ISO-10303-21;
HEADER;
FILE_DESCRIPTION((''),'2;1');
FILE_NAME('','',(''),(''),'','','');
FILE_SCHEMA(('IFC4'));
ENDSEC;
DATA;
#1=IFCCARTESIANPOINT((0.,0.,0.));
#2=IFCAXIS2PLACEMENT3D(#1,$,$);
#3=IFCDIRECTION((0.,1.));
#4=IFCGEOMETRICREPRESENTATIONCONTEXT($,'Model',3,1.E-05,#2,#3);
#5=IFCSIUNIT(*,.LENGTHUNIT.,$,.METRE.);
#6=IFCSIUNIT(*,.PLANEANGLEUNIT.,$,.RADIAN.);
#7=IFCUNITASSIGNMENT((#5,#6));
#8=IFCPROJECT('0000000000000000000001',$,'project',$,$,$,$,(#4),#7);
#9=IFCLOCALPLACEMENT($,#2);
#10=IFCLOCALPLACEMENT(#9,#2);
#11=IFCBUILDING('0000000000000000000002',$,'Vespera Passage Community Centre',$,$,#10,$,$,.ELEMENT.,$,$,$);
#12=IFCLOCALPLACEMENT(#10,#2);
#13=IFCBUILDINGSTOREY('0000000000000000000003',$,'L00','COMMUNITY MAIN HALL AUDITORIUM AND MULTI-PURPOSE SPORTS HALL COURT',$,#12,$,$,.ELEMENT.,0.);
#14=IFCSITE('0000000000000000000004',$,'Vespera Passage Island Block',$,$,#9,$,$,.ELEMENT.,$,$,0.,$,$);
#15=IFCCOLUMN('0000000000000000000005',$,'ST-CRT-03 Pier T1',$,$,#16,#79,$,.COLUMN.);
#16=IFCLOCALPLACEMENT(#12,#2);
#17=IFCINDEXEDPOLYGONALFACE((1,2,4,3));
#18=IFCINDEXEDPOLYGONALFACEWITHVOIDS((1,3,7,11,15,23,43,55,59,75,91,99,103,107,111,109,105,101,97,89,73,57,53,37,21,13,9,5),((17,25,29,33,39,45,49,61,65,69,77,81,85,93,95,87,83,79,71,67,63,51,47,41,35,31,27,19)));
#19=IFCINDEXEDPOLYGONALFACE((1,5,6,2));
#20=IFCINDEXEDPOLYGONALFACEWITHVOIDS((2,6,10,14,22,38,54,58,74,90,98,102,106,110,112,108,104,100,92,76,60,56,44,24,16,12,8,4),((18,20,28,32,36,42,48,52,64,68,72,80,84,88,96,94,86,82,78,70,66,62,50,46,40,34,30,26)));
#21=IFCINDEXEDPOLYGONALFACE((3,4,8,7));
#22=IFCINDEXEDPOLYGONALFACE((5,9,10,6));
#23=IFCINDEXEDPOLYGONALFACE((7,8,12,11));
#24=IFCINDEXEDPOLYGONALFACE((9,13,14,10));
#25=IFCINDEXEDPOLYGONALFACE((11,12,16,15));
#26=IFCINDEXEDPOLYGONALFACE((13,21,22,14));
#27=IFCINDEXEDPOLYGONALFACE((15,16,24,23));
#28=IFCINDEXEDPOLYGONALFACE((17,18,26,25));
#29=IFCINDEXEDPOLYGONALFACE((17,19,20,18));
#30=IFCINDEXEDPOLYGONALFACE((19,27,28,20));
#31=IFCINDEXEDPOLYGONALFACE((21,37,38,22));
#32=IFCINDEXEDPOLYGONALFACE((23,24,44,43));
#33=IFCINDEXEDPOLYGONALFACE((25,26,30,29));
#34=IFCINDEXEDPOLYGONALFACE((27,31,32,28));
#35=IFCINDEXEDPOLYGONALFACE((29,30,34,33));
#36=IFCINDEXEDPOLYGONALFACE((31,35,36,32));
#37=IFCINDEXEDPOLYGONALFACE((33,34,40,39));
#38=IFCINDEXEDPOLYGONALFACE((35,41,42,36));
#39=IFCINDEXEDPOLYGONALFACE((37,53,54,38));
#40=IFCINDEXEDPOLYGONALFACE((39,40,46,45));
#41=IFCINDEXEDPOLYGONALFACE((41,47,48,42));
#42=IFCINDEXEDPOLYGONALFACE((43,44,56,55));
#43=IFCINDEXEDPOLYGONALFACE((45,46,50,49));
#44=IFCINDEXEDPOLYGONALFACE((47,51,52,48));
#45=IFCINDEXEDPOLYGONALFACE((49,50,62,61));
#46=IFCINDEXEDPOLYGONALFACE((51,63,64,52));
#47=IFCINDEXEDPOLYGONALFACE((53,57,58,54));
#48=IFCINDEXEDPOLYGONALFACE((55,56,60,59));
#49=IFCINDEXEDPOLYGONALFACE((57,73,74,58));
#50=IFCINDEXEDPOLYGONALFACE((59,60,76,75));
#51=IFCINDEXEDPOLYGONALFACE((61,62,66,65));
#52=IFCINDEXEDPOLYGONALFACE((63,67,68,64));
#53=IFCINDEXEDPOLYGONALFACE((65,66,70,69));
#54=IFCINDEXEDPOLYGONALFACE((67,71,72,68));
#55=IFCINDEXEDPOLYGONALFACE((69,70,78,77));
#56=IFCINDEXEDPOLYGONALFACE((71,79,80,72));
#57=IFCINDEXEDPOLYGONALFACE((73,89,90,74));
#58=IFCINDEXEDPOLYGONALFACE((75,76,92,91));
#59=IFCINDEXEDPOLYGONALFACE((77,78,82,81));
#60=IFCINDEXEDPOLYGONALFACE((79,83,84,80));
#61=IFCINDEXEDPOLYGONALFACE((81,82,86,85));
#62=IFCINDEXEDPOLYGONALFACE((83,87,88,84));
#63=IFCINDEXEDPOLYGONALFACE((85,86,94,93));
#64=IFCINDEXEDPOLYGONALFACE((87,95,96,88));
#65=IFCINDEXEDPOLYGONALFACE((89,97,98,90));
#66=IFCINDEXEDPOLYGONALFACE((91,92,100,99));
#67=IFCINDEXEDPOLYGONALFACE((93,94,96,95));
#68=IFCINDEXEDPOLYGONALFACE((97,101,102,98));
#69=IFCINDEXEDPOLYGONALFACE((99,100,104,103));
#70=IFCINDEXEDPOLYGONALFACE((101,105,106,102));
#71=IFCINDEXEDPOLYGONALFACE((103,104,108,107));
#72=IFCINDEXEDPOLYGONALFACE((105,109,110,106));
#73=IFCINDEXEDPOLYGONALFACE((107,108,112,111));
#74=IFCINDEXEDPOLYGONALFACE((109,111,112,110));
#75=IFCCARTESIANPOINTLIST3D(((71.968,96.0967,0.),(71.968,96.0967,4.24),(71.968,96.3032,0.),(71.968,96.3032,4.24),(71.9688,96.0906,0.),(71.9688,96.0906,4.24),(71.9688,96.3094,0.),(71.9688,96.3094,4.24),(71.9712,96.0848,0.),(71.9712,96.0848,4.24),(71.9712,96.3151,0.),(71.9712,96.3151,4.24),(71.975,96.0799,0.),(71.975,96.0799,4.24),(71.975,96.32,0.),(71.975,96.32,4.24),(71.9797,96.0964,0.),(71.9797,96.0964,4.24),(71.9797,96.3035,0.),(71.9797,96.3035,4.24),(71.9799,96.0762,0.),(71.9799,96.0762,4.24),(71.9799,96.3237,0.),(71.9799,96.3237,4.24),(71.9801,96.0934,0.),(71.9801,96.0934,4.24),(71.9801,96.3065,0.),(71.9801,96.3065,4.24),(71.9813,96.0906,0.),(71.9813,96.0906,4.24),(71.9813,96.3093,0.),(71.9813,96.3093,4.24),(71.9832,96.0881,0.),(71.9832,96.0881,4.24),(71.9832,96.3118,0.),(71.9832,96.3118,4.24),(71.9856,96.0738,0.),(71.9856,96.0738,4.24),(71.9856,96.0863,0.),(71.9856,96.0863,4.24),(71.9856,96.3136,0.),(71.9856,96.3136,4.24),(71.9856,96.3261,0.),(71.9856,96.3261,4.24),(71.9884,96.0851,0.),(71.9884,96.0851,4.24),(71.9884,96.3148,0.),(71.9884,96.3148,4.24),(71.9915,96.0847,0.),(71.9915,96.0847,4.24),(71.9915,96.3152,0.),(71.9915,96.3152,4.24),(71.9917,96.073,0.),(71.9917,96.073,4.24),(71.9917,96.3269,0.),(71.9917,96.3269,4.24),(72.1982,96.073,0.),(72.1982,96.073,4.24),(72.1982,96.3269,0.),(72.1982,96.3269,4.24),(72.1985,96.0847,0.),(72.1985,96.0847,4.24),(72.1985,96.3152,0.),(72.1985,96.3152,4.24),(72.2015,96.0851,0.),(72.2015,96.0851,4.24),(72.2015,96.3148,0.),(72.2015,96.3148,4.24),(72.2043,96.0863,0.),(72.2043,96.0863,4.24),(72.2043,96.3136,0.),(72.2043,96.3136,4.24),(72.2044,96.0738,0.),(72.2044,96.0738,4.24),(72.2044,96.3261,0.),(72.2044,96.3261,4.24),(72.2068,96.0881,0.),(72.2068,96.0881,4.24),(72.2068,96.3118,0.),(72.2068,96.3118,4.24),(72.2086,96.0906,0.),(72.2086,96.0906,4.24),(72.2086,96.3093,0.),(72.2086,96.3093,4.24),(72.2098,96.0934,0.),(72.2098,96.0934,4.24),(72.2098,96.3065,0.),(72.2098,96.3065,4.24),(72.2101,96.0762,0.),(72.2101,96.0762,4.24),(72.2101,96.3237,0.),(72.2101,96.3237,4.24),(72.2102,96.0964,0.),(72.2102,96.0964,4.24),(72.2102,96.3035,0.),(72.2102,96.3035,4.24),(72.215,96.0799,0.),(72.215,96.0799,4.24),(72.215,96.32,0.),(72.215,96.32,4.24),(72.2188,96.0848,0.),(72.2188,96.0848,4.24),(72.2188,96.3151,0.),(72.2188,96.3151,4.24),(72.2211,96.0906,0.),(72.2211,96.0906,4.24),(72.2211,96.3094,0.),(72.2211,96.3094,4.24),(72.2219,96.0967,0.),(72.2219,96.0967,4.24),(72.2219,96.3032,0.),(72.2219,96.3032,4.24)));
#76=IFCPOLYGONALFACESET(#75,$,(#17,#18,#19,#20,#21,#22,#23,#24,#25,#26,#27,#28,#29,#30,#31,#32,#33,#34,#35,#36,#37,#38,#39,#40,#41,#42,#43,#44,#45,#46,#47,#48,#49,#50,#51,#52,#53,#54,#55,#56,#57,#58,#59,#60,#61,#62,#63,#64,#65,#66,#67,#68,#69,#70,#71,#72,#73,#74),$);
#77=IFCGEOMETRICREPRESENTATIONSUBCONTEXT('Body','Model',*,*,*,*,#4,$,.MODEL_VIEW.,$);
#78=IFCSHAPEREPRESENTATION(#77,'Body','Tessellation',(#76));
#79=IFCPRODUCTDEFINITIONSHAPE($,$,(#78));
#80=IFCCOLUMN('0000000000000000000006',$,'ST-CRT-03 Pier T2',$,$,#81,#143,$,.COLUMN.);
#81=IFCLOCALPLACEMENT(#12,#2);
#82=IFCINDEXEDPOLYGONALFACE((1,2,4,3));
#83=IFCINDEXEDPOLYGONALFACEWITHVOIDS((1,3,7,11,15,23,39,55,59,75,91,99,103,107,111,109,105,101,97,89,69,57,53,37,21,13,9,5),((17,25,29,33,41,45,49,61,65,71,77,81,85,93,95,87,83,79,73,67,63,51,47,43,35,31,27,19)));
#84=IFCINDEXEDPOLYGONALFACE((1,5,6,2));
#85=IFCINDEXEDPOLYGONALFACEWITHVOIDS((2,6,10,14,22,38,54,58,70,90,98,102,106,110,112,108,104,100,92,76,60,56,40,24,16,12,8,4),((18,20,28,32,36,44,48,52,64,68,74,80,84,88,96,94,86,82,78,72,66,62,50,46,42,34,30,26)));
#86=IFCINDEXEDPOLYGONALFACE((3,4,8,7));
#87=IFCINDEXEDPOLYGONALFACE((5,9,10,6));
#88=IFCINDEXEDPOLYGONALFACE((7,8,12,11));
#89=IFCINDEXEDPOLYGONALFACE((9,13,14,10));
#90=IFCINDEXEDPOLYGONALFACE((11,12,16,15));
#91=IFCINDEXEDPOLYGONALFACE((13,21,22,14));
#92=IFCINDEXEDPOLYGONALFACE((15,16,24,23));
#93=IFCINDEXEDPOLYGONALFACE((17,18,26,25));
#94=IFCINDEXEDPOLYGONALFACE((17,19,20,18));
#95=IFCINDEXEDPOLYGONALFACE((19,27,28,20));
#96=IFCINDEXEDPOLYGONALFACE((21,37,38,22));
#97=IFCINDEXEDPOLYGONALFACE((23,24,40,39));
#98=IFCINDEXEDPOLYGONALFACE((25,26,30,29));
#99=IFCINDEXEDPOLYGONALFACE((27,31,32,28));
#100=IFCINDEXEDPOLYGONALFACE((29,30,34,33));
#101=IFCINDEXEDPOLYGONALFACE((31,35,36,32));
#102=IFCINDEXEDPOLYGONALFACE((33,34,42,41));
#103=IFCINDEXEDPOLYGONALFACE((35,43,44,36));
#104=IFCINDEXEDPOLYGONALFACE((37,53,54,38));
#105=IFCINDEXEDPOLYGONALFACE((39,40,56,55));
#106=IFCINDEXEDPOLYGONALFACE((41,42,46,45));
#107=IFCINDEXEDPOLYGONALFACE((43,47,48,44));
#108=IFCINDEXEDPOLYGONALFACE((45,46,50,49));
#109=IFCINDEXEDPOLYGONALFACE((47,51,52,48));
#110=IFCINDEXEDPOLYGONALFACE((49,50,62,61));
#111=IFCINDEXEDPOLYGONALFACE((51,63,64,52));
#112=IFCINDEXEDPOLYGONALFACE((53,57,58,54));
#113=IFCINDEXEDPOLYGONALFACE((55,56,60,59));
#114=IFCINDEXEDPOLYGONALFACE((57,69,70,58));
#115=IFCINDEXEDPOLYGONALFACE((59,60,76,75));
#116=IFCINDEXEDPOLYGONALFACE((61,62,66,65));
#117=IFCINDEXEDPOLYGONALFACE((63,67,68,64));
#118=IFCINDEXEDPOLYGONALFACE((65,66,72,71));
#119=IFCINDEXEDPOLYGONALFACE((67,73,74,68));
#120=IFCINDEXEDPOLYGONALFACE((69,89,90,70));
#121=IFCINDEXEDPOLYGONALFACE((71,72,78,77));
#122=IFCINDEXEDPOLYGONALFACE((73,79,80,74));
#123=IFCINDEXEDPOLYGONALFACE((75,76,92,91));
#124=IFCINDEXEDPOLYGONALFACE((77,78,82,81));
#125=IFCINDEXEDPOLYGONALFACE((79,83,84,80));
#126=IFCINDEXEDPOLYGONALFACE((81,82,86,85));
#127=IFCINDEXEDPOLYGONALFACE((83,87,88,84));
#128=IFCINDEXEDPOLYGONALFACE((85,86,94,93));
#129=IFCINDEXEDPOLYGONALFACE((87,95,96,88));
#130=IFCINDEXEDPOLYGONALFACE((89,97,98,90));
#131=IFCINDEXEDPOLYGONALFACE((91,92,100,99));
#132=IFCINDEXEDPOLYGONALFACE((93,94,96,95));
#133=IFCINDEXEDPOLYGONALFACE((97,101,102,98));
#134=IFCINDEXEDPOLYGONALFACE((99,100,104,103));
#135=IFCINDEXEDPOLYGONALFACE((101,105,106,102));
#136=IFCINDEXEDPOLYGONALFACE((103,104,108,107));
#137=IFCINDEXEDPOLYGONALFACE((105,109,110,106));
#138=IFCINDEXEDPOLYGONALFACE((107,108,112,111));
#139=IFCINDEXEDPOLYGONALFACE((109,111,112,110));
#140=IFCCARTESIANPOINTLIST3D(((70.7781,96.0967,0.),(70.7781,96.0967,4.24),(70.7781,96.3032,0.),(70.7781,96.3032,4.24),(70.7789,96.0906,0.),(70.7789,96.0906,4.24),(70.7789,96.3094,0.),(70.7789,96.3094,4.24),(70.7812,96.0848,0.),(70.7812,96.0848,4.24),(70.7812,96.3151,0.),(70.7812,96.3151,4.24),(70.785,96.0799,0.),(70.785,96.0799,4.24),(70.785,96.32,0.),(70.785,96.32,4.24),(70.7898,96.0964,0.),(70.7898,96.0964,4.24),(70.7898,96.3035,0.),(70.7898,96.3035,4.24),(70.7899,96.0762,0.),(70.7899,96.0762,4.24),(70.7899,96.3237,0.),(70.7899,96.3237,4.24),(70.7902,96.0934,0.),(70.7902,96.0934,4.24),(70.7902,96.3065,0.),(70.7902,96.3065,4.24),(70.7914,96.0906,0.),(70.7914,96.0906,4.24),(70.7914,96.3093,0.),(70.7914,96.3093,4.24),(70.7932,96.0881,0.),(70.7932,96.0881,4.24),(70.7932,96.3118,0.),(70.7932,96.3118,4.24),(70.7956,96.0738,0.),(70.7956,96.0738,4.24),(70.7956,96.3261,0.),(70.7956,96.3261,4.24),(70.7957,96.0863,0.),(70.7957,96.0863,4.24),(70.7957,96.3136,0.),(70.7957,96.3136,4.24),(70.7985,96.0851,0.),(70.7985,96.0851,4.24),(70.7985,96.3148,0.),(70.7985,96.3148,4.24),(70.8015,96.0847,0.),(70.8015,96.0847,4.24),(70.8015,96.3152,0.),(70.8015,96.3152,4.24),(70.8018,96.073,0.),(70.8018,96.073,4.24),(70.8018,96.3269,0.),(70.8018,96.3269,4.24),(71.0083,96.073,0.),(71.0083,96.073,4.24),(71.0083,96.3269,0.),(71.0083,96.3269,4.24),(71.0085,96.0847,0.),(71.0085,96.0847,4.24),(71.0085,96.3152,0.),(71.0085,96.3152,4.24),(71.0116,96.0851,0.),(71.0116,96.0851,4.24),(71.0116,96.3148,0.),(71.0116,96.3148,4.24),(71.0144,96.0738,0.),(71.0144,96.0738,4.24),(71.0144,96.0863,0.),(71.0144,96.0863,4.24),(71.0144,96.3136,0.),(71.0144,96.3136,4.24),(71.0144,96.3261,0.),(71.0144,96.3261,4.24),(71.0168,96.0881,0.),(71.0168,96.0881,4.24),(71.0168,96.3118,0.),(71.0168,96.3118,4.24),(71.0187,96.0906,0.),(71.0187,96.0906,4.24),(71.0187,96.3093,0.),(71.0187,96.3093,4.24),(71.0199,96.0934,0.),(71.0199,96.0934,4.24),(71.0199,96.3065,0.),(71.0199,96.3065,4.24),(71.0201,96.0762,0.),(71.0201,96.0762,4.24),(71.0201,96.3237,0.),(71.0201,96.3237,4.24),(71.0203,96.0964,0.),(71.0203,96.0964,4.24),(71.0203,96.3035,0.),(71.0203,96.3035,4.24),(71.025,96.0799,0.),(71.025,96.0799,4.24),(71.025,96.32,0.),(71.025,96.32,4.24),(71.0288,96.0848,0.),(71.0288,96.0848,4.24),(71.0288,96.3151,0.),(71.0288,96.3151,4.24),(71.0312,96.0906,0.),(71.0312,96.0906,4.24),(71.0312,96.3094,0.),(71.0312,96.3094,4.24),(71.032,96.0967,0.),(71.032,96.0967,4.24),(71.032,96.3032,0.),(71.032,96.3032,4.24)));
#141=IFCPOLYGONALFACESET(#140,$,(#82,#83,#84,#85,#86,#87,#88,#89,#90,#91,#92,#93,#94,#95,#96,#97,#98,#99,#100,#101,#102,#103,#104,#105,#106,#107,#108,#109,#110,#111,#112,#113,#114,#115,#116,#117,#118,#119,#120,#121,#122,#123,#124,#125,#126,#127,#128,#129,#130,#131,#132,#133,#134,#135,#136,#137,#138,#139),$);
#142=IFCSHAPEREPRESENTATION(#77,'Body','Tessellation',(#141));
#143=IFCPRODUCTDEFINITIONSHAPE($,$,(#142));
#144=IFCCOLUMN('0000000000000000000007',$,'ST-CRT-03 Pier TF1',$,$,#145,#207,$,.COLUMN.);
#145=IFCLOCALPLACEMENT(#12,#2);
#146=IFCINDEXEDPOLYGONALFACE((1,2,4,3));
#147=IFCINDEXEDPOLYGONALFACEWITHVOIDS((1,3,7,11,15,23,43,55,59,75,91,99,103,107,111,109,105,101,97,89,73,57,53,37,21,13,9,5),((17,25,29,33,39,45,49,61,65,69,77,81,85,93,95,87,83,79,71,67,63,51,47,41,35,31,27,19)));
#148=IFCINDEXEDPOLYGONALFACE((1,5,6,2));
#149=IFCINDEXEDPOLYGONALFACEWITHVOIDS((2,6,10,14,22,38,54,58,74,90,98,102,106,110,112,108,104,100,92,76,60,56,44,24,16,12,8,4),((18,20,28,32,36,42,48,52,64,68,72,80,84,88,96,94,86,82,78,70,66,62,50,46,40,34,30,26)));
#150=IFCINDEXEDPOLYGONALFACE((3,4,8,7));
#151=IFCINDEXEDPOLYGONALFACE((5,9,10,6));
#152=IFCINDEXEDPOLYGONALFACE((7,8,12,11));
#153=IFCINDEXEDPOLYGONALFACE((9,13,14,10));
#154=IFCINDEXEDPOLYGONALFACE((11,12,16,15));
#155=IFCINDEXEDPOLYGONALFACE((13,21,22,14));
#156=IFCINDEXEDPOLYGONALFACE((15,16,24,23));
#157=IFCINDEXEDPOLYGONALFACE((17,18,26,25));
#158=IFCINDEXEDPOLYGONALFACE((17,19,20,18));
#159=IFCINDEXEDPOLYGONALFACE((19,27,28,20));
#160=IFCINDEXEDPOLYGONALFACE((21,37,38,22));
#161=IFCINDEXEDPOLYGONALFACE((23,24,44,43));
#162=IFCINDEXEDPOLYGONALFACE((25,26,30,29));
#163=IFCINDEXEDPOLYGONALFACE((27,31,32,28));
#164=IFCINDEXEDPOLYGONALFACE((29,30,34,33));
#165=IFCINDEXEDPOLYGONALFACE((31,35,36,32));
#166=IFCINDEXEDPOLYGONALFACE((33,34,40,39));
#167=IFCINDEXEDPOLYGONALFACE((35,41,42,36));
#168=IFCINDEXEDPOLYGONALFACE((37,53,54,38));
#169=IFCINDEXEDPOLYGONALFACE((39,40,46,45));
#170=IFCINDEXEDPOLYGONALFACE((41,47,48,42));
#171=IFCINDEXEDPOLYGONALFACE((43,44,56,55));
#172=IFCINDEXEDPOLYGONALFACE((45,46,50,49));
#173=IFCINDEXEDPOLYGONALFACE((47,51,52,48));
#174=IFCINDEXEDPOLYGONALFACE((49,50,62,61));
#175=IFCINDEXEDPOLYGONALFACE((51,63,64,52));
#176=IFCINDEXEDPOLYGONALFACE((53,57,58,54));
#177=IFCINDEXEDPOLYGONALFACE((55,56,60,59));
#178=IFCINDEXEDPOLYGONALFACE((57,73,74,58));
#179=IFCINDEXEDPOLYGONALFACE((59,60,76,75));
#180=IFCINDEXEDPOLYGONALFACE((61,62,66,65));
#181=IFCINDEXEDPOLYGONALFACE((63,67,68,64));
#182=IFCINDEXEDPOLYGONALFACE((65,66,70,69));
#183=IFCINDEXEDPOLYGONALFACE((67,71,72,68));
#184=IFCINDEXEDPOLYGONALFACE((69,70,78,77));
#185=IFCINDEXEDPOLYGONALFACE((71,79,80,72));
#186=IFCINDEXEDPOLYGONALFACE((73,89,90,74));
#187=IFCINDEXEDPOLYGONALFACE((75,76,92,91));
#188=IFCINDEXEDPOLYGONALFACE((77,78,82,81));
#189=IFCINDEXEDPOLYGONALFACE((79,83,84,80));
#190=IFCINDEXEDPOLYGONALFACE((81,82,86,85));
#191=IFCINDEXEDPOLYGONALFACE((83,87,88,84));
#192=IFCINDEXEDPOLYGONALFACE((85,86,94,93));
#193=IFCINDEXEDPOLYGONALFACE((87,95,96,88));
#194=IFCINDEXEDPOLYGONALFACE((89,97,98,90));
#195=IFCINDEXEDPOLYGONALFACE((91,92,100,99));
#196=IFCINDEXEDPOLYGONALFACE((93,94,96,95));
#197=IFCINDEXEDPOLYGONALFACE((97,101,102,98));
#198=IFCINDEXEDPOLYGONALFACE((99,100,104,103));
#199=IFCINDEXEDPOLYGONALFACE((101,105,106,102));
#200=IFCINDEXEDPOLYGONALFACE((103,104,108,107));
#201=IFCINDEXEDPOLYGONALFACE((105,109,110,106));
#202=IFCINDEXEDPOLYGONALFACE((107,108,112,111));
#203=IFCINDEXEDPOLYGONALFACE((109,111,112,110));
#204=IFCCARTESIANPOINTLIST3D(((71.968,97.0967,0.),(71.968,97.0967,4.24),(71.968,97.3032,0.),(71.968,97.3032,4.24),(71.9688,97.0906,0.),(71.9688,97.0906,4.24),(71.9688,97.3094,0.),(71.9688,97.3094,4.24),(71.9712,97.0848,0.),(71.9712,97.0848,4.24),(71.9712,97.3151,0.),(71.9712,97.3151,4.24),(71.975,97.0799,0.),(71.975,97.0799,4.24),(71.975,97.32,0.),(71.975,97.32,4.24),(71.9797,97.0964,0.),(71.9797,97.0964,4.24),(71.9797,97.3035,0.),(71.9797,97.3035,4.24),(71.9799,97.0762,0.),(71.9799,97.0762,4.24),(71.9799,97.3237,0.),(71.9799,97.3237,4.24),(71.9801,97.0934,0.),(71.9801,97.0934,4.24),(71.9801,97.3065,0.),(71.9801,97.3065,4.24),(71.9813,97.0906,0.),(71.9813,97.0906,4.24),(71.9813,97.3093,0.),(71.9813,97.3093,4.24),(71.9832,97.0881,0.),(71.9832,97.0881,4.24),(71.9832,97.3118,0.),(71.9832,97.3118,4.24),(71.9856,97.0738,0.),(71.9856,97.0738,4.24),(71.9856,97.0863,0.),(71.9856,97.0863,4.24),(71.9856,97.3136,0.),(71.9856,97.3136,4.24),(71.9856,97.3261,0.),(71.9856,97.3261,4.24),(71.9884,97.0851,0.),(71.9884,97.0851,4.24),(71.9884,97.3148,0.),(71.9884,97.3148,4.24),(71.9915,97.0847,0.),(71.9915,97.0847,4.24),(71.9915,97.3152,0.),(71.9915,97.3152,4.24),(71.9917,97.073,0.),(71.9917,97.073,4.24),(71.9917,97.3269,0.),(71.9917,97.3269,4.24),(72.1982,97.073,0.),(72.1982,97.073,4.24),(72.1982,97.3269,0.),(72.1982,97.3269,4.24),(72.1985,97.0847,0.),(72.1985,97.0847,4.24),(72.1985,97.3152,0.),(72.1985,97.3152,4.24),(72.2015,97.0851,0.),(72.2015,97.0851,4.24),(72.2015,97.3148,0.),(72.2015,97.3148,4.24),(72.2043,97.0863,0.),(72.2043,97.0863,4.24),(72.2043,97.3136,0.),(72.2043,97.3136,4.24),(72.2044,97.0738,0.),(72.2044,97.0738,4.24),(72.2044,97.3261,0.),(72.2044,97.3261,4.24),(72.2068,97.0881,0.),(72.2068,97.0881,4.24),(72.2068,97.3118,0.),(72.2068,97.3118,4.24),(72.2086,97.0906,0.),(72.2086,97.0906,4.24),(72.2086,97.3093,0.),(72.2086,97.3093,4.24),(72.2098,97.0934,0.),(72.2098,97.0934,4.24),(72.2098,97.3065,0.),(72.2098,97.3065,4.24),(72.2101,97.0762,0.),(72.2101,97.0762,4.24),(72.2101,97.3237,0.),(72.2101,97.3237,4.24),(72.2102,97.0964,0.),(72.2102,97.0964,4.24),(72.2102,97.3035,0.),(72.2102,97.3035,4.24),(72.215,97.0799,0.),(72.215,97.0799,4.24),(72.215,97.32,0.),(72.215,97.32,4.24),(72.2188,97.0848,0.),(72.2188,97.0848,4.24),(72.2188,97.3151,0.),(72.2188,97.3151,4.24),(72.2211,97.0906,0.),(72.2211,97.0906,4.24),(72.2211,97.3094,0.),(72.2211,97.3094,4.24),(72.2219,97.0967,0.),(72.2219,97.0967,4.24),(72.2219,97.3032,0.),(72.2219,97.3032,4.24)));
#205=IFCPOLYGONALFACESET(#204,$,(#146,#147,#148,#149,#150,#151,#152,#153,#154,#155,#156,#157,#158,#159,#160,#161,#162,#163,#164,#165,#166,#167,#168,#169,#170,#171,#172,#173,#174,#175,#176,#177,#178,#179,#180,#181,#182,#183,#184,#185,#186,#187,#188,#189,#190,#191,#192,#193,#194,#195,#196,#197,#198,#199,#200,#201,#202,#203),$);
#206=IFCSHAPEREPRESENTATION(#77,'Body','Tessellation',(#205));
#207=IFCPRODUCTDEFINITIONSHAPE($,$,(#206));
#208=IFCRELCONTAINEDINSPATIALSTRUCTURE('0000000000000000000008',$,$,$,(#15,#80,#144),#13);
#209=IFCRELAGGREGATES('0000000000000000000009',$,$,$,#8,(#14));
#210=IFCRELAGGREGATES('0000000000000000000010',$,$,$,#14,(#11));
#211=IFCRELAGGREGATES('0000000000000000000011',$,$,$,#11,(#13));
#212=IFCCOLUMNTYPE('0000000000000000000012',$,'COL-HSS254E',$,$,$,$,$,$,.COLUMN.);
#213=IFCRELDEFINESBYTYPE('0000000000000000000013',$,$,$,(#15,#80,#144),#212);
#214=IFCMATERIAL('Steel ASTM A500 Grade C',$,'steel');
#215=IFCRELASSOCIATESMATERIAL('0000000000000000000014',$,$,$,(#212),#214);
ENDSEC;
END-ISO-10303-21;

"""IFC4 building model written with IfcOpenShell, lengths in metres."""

from ifc_helpers import new_model, si_unit, direction, frame, origin, origin_2d, place, context, subcontext, project, spatial, hollow_rectangle, extrude, material, material_profile, profile_set, type_object, element, save


model = new_model("IFC4")

# Units and contexts
model_context = context("Model", 3, precision=1e-05, world=origin(), true_north=direction((0.0, 1.0)))
body_context = subcontext(model_context, "Body", "Model", "MODEL_VIEW")
ifc_project = project(units=[si_unit("LENGTHUNIT", "METRE"), si_unit("PLANEANGLEUNIT", "RADIAN")], contexts=[model_context])

# Site, building, storey
site_placement = place(None, origin())
site = spatial("IfcSite", under=ifc_project, at=site_placement, Name="Vespera Passage Island Block", CompositionType="ELEMENT", RefElevation=0.0)
building_placement = place(site_placement, origin())
building = spatial("IfcBuilding", under=site, at=building_placement, Name="Vespera Passage Community Centre", CompositionType="ELEMENT")
storey_placement = place(building_placement, origin())
storey = spatial("IfcBuildingStorey", under=building, at=storey_placement, Name="L00", Description="COMMUNITY MAIN HALL AUDITORIUM AND MULTI-PURPOSE SPORTS HALL COURT", CompositionType="ELEMENT", Elevation=0.0)

# Columns
ifc_material_1 = material(Name="Steel ASTM A500 Grade C", Category="steel")
ifc_material_profile_1 = material_profile(ifc_material_1, hollow_rectangle(XDim=0.2539, YDim=0.2539, WallThickness=0.0117, InnerFilletRadius=0.0117, OuterFilletRadius=0.0237, at=origin_2d()), Name="HSS254X254X12.7")
ifc_profile_set_1 = profile_set([ifc_material_profile_1], Name="Steel ASTM A500 Grade C")
column_type_1 = type_object("IfcColumnType", Name="COL-HSS254E", PredefinedType="COLUMN", material=ifc_profile_set_1)
for number, where, z_axis, x_axis, name in (
    (1, (72.095, 96.2, 0.0), (0.0, 0.0, 1.0), (1.0, 0.0, 0.0), "ST-CRT-03 Pier T1"),
    (2, (70.905, 96.2, 0.0), (0.0, 0.0, 1.0), (1.0, 0.0, 0.0), "ST-CRT-03 Pier T2"),
    (3, (72.095, 97.2, 0.0), (0.0, 0.0, 1.0), (1.0, 0.0, 0.0), "ST-CRT-03 Pier TF1"),
):
    element("IfcColumn", number, at=place(storey_placement, frame(where, z_axis=z_axis, x_axis=x_axis)), inside=storey, type_object=column_type_1, Name=name, PredefinedType="COLUMN", context=body_context, shape_type="SweptSolid", body=[
        extrude(hollow_rectangle(XDim=0.2539, YDim=0.2539, WallThickness=0.0117, InnerFilletRadius=0.0117, OuterFilletRadius=0.0237, at=origin_2d()), origin(), (0.0, 0.0, 1.0), 4.24),
    ])

save(model, "model.ifc")
